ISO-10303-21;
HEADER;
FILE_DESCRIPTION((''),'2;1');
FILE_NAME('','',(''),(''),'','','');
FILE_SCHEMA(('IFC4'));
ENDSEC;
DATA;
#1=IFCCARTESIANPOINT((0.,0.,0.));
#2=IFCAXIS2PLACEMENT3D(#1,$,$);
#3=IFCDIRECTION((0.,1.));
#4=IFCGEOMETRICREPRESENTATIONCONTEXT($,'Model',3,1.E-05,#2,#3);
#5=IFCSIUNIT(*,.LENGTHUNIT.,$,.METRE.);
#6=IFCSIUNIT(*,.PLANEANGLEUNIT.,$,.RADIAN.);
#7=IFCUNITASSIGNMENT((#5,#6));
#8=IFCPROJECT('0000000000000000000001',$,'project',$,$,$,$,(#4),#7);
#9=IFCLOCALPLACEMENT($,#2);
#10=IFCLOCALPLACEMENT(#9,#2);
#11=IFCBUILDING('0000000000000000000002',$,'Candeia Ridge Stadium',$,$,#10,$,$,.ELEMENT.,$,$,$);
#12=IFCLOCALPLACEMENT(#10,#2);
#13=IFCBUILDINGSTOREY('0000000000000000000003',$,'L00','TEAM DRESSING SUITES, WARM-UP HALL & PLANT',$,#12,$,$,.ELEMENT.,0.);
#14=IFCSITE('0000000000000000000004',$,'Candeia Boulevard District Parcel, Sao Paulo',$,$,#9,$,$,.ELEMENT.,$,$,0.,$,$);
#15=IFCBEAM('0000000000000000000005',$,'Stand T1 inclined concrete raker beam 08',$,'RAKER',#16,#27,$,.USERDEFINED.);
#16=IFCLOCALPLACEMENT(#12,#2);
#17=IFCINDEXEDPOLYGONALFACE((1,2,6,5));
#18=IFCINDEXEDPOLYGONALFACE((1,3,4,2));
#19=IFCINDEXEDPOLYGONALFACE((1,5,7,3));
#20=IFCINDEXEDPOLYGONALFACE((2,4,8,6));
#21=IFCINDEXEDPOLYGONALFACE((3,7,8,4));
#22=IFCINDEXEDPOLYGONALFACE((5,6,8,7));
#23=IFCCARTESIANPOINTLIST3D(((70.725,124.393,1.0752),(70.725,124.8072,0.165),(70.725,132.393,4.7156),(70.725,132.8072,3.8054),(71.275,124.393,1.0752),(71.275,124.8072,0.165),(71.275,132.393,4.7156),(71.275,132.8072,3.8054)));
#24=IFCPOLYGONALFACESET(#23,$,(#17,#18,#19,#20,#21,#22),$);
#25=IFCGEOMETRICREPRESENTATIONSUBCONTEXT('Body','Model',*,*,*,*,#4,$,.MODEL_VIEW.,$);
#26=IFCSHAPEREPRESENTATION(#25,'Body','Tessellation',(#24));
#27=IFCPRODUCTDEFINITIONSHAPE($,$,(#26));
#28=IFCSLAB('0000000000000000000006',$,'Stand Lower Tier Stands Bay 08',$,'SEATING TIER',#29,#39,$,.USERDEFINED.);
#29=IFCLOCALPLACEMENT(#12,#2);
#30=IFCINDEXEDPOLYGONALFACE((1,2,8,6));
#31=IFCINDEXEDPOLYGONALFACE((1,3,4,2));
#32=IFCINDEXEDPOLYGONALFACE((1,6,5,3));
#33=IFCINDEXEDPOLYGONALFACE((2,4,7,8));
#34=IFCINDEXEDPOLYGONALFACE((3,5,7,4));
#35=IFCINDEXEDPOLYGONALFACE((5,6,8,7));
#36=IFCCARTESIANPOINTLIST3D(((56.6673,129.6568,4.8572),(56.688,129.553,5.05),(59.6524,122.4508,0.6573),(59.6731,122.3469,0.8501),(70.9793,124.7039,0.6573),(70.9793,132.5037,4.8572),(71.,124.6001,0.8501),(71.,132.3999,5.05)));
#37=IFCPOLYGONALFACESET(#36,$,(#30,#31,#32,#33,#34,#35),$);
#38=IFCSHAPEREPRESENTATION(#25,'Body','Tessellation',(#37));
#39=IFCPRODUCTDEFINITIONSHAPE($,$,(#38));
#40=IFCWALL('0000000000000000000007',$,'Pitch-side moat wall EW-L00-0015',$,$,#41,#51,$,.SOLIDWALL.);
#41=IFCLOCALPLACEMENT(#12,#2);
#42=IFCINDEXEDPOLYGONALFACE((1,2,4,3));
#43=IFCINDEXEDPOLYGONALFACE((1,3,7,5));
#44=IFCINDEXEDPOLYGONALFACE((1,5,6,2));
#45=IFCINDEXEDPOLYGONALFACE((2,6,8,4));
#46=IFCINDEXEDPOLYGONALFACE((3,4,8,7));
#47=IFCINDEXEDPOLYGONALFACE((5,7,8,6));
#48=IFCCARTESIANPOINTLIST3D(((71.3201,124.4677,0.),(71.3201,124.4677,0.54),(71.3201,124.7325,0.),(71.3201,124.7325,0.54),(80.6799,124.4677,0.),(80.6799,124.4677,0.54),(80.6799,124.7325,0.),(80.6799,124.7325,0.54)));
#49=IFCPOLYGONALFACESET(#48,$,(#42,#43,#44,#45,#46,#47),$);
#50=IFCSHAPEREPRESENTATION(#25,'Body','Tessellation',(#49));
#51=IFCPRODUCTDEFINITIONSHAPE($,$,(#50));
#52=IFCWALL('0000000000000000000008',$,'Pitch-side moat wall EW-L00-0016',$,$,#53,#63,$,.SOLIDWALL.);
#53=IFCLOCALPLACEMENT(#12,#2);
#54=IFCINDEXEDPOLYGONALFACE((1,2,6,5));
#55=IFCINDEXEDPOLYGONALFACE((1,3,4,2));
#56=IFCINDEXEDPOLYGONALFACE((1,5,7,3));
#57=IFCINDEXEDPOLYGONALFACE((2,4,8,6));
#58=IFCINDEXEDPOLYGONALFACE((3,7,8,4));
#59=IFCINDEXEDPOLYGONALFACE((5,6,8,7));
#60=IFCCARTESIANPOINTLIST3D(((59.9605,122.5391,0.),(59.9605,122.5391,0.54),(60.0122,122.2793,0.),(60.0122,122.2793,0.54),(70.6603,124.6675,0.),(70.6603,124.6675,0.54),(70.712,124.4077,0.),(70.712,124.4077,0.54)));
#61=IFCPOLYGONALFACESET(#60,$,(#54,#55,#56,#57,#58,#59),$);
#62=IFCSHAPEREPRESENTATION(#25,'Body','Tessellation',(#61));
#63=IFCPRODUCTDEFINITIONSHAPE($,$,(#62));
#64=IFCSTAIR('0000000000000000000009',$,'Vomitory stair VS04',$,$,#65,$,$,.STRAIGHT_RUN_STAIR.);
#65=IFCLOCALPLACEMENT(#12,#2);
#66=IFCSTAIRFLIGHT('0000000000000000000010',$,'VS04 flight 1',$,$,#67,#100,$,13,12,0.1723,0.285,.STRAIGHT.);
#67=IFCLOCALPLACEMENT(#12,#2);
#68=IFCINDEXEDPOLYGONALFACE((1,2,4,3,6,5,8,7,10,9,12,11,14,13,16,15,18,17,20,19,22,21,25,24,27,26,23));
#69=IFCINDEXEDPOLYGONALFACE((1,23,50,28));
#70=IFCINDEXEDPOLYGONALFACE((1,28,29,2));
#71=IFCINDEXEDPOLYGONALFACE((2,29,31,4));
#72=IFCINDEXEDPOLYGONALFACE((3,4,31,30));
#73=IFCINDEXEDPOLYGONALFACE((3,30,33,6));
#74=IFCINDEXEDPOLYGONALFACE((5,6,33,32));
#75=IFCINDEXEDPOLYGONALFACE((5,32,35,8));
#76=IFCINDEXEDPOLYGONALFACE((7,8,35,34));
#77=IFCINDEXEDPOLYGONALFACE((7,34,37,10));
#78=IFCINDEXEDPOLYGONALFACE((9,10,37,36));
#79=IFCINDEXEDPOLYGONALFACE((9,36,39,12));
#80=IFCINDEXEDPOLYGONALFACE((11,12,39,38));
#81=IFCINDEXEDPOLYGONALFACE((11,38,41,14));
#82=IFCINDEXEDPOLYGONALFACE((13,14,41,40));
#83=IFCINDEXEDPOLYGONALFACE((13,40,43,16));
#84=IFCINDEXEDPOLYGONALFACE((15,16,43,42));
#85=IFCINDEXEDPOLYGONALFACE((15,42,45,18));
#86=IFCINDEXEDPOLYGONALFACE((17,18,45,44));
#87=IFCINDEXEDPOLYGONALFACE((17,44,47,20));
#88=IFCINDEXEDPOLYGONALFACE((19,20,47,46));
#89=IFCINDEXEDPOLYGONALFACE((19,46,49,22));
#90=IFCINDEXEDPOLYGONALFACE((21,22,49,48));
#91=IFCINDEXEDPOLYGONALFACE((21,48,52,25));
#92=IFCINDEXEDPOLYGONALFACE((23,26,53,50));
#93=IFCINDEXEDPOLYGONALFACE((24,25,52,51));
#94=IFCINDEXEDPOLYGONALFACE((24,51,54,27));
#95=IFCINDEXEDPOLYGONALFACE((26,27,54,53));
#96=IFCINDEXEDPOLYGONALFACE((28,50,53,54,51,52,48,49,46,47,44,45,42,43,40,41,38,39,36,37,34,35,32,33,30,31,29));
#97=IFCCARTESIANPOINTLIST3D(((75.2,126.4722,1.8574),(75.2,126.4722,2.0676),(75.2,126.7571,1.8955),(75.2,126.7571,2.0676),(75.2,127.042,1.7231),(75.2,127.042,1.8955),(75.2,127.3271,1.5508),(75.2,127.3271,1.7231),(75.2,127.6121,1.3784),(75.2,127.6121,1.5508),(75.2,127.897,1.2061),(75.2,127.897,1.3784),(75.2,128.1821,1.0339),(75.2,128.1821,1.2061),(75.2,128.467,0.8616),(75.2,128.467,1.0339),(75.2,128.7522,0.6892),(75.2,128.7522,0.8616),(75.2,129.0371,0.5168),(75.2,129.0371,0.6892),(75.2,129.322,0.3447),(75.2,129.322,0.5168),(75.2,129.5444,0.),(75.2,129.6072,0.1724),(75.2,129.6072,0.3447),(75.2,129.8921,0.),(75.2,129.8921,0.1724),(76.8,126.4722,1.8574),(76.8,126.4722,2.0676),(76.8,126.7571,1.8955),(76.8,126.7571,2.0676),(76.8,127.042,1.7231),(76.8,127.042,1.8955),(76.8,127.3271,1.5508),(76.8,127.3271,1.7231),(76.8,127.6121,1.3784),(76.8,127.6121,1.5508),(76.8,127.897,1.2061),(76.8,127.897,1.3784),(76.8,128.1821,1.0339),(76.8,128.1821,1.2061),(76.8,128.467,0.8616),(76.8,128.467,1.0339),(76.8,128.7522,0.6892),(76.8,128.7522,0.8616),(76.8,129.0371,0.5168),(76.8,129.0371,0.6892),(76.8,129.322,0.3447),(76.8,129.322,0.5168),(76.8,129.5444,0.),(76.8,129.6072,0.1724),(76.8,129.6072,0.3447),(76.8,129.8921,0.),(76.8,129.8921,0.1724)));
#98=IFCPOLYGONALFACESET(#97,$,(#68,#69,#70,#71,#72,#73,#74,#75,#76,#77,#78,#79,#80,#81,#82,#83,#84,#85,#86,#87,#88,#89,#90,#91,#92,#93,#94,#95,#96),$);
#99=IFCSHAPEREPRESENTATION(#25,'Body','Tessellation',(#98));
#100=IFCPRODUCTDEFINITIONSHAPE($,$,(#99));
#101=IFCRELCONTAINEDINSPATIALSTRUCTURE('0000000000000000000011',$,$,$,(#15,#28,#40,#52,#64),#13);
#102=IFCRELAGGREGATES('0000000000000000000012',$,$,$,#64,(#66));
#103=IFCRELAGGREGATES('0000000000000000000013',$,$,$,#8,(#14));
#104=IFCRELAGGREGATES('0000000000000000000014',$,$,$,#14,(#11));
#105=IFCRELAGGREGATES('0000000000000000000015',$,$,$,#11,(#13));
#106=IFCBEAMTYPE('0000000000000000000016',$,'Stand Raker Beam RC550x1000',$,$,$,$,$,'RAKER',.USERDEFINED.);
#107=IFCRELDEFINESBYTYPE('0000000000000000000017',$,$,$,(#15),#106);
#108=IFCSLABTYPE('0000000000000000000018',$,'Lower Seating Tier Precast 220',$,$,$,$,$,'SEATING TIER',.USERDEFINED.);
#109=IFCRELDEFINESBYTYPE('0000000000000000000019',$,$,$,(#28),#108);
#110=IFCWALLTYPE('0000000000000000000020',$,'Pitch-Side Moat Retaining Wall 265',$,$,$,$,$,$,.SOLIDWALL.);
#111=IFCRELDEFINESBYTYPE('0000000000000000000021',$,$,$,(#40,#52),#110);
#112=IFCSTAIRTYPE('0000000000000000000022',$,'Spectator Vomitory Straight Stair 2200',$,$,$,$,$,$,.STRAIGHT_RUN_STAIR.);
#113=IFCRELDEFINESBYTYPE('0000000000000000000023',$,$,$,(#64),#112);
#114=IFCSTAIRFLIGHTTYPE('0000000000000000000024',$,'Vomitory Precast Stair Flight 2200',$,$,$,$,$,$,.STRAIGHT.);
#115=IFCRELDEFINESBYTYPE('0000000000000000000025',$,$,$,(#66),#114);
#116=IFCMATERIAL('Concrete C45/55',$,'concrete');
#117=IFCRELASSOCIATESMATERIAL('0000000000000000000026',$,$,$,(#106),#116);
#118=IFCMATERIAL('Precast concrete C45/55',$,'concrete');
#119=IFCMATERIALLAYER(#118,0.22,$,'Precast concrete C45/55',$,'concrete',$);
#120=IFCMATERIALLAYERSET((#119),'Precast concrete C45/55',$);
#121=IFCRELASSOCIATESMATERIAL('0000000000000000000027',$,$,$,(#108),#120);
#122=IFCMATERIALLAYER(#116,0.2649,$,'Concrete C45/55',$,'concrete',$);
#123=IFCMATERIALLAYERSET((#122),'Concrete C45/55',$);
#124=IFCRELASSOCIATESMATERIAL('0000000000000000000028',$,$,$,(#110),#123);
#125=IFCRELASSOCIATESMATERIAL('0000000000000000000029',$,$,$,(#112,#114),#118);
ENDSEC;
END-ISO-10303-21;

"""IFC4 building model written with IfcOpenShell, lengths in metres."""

from ifc_helpers import new_model, si_unit, direction, frame, frame_2d, origin, origin_2d, place, context, subcontext, project, spatial, polyline, rectangle, outline, extrude, material, layer, layer_set, material_profile, profile_set, type_object, element, aggregate, save


model = new_model("IFC4")

# Units and contexts
model_context = context("Model", 3, precision=1e-05, world=origin(), true_north=direction((0.0, 1.0)))
body_context = subcontext(model_context, "Body", "Model", "MODEL_VIEW")
ifc_project = project(units=[si_unit("LENGTHUNIT", "METRE"), si_unit("PLANEANGLEUNIT", "RADIAN")], contexts=[model_context])

# Site, building, storey
site_placement = place(None, origin())
site = spatial("IfcSite", under=ifc_project, at=site_placement, Name="Candeia Boulevard District Parcel, Sao Paulo", CompositionType="ELEMENT", RefElevation=0.0)
building_placement = place(site_placement, origin())
building = spatial("IfcBuilding", under=site, at=building_placement, Name="Candeia Ridge Stadium", CompositionType="ELEMENT")
storey_placement = place(building_placement, origin())
storey = spatial("IfcBuildingStorey", under=building, at=storey_placement, Name="L00", Description="TEAM DRESSING SUITES, WARM-UP HALL & PLANT", CompositionType="ELEMENT", Elevation=0.0)

# Beam
ifc_material_1 = material(Name="Concrete C45/55", Category="concrete")
ifc_material_profile_1 = material_profile(ifc_material_1, rectangle(XDim=0.55, YDim=1.0, at=origin_2d()), Name="RC550x1000", Category="concrete")
ifc_profile_set_1 = profile_set([ifc_material_profile_1], Name="Concrete C45/55")
beam_type_1 = type_object("IfcBeamType", Name="Stand Raker Beam RC550x1000", ElementType="RAKER", PredefinedType="USERDEFINED", material=ifc_profile_set_1)
beam_1_placement = place(storey_placement, frame((71.0, 124.6001, 0.6201), z_axis=(0.0, 0.910194, 0.414182), x_axis=(-1.0, 0.0, 0.0)))
element("IfcBeam", 1, at=beam_1_placement, inside=storey, type_object=beam_type_1, Name="Stand T1 inclined concrete raker beam 08", ObjectType="RAKER", PredefinedType="USERDEFINED", context=body_context, shape_type="SweptSolid", body=[
    extrude(rectangle(XDim=0.55, YDim=1.0, at=origin_2d()), origin(), (0.0, 0.0, 1.0), 8.7893),
])

# Slab
ifc_material_2 = material(Name="Precast concrete C45/55", Category="concrete")
ifc_layer_1 = layer(ifc_material_2, 0.22, Name="Precast concrete C45/55", Category="concrete")
ifc_layer_set_1 = layer_set([ifc_layer_1], Name="Precast concrete C45/55")
slab_type = type_object("IfcSlabType", Name="Lower Seating Tier Precast 220", ElementType="SEATING TIER", PredefinedType="USERDEFINED", material=ifc_layer_set_1)
slab_placement = place(storey_placement, frame((71.0, 124.6001, 0.8501), z_axis=(0.093892, -0.472009, 0.876579), x_axis=(-0.980784, -0.195099, -0.000001)))
element("IfcSlab", 2, at=slab_placement, inside=storey, type_object=slab_type, Name="Stand Lower Tier Stands Bay 08", ObjectType="SEATING TIER", PredefinedType="USERDEFINED", context=body_context, shape_type="SweptSolid", body=[
    extrude(outline(polyline([(0.0, 0.0), (11.5488, 0.0), (13.0707, -8.7271), (-1.5217, -8.727), (0.0, 0.0)])), origin(), (0.0, 0.0, -1.0), 0.22),
])

# Walls
ifc_layer_2 = layer(ifc_material_1, 0.2649, Name="Concrete C45/55", Category="concrete")
ifc_layer_set_2 = layer_set([ifc_layer_2], Name="Concrete C45/55")
wall_type = type_object("IfcWallType", Name="Pitch-Side Moat Retaining Wall 265", PredefinedType="SOLIDWALL", material=ifc_layer_set_2)
wall_1_placement = place(storey_placement, frame((80.6799, 124.6001, 0.0), z_axis=(0.0, 0.0, 1.0), x_axis=(-1.0, 0.0, 0.0)))
element("IfcWall", 3, at=wall_1_placement, inside=storey, type_object=wall_type, Name="Pitch-side moat wall EW-L00-0015", PredefinedType="SOLIDWALL", context=body_context, shape_type="SweptSolid", body=[
    extrude(rectangle(XDim=9.3599, YDim=0.2649, at=frame_2d((4.6799, 0.0))), origin(), (0.0, 0.0, 1.0), 0.54),
])
wall_2_placement = place(storey_placement, frame((70.686, 124.5376, 0.0), z_axis=(0.0, 0.0, 1.0), x_axis=(-0.980783, -0.1951, 0.0)))
element("IfcWall", 4, at=wall_2_placement, inside=storey, type_object=wall_type, Name="Pitch-side moat wall EW-L00-0016", PredefinedType="SOLIDWALL", context=body_context, shape_type="SweptSolid", body=[
    extrude(rectangle(XDim=10.9094, YDim=0.2649, at=frame_2d((5.4546, 0.0))), origin(), (0.0, 0.0, 1.0), 0.54),
])

# Stair, stair flight
stair_type = type_object("IfcStairType", Name="Spectator Vomitory Straight Stair 2200", PredefinedType="STRAIGHT_RUN_STAIR", material=ifc_material_2)
stair_placement = place(storey_placement, origin())
stair = element("IfcStair", 5, at=stair_placement, inside=storey, type_object=stair_type, Name="Vomitory stair VS04", PredefinedType="STRAIGHT_RUN_STAIR")
stair_flight_type = type_object("IfcStairFlightType", Name="Vomitory Precast Stair Flight 2200", PredefinedType="STRAIGHT", material=ifc_material_2)
stair_flight_placement = place(storey_placement, frame((76.0, 129.8921, 0.0), z_axis=(0.0, 0.0, 1.0), x_axis=(0.0, -1.0, 0.0)))
stair_flight = element("IfcStairFlight", 6, at=stair_flight_placement, type_object=stair_flight_type, Name="VS04 flight 1", NumberOfRisers=13, NumberOfTreads=12, PredefinedType="STRAIGHT", RiserHeight=0.1723, TreadLength=0.285, context=body_context, shape_type="SweptSolid", body=[
    extrude(outline(polyline([(0.0, 0.0), (0.0, 0.1724), (0.2849, 0.1724), (0.2849, 0.3447), (0.5701, 0.3447), (0.5701, 0.5168), (0.855, 0.5168), (0.855, 0.6892), (1.1399, 0.6892), (1.1399, 0.8616), (1.425, 0.8616), (1.425, 1.0339), (1.71, 1.0339), (1.71, 1.2061), (1.9951, 1.2061), (1.9951, 1.3784), (2.28, 1.3784), (2.28, 1.5508), (2.5649, 1.5508), (2.5649, 1.7231), (2.8501, 1.7231), (2.8501, 1.8955), (3.135, 1.8955), (3.135, 2.0676), (3.4199, 2.0676), (3.4199, 2.24), (3.4199, 1.8574), (0.3477, 0.0), (0.0, 0.0)])), frame((0.0, 0.8, 0.0), z_axis=(0.0, -1.0, 0.0), x_axis=(1.0, 0.0, 0.0)), (0.0, 0.0, 1.0), 1.6001),
])
aggregate(stair, [stair_flight])

save(model, "model.ifc")
